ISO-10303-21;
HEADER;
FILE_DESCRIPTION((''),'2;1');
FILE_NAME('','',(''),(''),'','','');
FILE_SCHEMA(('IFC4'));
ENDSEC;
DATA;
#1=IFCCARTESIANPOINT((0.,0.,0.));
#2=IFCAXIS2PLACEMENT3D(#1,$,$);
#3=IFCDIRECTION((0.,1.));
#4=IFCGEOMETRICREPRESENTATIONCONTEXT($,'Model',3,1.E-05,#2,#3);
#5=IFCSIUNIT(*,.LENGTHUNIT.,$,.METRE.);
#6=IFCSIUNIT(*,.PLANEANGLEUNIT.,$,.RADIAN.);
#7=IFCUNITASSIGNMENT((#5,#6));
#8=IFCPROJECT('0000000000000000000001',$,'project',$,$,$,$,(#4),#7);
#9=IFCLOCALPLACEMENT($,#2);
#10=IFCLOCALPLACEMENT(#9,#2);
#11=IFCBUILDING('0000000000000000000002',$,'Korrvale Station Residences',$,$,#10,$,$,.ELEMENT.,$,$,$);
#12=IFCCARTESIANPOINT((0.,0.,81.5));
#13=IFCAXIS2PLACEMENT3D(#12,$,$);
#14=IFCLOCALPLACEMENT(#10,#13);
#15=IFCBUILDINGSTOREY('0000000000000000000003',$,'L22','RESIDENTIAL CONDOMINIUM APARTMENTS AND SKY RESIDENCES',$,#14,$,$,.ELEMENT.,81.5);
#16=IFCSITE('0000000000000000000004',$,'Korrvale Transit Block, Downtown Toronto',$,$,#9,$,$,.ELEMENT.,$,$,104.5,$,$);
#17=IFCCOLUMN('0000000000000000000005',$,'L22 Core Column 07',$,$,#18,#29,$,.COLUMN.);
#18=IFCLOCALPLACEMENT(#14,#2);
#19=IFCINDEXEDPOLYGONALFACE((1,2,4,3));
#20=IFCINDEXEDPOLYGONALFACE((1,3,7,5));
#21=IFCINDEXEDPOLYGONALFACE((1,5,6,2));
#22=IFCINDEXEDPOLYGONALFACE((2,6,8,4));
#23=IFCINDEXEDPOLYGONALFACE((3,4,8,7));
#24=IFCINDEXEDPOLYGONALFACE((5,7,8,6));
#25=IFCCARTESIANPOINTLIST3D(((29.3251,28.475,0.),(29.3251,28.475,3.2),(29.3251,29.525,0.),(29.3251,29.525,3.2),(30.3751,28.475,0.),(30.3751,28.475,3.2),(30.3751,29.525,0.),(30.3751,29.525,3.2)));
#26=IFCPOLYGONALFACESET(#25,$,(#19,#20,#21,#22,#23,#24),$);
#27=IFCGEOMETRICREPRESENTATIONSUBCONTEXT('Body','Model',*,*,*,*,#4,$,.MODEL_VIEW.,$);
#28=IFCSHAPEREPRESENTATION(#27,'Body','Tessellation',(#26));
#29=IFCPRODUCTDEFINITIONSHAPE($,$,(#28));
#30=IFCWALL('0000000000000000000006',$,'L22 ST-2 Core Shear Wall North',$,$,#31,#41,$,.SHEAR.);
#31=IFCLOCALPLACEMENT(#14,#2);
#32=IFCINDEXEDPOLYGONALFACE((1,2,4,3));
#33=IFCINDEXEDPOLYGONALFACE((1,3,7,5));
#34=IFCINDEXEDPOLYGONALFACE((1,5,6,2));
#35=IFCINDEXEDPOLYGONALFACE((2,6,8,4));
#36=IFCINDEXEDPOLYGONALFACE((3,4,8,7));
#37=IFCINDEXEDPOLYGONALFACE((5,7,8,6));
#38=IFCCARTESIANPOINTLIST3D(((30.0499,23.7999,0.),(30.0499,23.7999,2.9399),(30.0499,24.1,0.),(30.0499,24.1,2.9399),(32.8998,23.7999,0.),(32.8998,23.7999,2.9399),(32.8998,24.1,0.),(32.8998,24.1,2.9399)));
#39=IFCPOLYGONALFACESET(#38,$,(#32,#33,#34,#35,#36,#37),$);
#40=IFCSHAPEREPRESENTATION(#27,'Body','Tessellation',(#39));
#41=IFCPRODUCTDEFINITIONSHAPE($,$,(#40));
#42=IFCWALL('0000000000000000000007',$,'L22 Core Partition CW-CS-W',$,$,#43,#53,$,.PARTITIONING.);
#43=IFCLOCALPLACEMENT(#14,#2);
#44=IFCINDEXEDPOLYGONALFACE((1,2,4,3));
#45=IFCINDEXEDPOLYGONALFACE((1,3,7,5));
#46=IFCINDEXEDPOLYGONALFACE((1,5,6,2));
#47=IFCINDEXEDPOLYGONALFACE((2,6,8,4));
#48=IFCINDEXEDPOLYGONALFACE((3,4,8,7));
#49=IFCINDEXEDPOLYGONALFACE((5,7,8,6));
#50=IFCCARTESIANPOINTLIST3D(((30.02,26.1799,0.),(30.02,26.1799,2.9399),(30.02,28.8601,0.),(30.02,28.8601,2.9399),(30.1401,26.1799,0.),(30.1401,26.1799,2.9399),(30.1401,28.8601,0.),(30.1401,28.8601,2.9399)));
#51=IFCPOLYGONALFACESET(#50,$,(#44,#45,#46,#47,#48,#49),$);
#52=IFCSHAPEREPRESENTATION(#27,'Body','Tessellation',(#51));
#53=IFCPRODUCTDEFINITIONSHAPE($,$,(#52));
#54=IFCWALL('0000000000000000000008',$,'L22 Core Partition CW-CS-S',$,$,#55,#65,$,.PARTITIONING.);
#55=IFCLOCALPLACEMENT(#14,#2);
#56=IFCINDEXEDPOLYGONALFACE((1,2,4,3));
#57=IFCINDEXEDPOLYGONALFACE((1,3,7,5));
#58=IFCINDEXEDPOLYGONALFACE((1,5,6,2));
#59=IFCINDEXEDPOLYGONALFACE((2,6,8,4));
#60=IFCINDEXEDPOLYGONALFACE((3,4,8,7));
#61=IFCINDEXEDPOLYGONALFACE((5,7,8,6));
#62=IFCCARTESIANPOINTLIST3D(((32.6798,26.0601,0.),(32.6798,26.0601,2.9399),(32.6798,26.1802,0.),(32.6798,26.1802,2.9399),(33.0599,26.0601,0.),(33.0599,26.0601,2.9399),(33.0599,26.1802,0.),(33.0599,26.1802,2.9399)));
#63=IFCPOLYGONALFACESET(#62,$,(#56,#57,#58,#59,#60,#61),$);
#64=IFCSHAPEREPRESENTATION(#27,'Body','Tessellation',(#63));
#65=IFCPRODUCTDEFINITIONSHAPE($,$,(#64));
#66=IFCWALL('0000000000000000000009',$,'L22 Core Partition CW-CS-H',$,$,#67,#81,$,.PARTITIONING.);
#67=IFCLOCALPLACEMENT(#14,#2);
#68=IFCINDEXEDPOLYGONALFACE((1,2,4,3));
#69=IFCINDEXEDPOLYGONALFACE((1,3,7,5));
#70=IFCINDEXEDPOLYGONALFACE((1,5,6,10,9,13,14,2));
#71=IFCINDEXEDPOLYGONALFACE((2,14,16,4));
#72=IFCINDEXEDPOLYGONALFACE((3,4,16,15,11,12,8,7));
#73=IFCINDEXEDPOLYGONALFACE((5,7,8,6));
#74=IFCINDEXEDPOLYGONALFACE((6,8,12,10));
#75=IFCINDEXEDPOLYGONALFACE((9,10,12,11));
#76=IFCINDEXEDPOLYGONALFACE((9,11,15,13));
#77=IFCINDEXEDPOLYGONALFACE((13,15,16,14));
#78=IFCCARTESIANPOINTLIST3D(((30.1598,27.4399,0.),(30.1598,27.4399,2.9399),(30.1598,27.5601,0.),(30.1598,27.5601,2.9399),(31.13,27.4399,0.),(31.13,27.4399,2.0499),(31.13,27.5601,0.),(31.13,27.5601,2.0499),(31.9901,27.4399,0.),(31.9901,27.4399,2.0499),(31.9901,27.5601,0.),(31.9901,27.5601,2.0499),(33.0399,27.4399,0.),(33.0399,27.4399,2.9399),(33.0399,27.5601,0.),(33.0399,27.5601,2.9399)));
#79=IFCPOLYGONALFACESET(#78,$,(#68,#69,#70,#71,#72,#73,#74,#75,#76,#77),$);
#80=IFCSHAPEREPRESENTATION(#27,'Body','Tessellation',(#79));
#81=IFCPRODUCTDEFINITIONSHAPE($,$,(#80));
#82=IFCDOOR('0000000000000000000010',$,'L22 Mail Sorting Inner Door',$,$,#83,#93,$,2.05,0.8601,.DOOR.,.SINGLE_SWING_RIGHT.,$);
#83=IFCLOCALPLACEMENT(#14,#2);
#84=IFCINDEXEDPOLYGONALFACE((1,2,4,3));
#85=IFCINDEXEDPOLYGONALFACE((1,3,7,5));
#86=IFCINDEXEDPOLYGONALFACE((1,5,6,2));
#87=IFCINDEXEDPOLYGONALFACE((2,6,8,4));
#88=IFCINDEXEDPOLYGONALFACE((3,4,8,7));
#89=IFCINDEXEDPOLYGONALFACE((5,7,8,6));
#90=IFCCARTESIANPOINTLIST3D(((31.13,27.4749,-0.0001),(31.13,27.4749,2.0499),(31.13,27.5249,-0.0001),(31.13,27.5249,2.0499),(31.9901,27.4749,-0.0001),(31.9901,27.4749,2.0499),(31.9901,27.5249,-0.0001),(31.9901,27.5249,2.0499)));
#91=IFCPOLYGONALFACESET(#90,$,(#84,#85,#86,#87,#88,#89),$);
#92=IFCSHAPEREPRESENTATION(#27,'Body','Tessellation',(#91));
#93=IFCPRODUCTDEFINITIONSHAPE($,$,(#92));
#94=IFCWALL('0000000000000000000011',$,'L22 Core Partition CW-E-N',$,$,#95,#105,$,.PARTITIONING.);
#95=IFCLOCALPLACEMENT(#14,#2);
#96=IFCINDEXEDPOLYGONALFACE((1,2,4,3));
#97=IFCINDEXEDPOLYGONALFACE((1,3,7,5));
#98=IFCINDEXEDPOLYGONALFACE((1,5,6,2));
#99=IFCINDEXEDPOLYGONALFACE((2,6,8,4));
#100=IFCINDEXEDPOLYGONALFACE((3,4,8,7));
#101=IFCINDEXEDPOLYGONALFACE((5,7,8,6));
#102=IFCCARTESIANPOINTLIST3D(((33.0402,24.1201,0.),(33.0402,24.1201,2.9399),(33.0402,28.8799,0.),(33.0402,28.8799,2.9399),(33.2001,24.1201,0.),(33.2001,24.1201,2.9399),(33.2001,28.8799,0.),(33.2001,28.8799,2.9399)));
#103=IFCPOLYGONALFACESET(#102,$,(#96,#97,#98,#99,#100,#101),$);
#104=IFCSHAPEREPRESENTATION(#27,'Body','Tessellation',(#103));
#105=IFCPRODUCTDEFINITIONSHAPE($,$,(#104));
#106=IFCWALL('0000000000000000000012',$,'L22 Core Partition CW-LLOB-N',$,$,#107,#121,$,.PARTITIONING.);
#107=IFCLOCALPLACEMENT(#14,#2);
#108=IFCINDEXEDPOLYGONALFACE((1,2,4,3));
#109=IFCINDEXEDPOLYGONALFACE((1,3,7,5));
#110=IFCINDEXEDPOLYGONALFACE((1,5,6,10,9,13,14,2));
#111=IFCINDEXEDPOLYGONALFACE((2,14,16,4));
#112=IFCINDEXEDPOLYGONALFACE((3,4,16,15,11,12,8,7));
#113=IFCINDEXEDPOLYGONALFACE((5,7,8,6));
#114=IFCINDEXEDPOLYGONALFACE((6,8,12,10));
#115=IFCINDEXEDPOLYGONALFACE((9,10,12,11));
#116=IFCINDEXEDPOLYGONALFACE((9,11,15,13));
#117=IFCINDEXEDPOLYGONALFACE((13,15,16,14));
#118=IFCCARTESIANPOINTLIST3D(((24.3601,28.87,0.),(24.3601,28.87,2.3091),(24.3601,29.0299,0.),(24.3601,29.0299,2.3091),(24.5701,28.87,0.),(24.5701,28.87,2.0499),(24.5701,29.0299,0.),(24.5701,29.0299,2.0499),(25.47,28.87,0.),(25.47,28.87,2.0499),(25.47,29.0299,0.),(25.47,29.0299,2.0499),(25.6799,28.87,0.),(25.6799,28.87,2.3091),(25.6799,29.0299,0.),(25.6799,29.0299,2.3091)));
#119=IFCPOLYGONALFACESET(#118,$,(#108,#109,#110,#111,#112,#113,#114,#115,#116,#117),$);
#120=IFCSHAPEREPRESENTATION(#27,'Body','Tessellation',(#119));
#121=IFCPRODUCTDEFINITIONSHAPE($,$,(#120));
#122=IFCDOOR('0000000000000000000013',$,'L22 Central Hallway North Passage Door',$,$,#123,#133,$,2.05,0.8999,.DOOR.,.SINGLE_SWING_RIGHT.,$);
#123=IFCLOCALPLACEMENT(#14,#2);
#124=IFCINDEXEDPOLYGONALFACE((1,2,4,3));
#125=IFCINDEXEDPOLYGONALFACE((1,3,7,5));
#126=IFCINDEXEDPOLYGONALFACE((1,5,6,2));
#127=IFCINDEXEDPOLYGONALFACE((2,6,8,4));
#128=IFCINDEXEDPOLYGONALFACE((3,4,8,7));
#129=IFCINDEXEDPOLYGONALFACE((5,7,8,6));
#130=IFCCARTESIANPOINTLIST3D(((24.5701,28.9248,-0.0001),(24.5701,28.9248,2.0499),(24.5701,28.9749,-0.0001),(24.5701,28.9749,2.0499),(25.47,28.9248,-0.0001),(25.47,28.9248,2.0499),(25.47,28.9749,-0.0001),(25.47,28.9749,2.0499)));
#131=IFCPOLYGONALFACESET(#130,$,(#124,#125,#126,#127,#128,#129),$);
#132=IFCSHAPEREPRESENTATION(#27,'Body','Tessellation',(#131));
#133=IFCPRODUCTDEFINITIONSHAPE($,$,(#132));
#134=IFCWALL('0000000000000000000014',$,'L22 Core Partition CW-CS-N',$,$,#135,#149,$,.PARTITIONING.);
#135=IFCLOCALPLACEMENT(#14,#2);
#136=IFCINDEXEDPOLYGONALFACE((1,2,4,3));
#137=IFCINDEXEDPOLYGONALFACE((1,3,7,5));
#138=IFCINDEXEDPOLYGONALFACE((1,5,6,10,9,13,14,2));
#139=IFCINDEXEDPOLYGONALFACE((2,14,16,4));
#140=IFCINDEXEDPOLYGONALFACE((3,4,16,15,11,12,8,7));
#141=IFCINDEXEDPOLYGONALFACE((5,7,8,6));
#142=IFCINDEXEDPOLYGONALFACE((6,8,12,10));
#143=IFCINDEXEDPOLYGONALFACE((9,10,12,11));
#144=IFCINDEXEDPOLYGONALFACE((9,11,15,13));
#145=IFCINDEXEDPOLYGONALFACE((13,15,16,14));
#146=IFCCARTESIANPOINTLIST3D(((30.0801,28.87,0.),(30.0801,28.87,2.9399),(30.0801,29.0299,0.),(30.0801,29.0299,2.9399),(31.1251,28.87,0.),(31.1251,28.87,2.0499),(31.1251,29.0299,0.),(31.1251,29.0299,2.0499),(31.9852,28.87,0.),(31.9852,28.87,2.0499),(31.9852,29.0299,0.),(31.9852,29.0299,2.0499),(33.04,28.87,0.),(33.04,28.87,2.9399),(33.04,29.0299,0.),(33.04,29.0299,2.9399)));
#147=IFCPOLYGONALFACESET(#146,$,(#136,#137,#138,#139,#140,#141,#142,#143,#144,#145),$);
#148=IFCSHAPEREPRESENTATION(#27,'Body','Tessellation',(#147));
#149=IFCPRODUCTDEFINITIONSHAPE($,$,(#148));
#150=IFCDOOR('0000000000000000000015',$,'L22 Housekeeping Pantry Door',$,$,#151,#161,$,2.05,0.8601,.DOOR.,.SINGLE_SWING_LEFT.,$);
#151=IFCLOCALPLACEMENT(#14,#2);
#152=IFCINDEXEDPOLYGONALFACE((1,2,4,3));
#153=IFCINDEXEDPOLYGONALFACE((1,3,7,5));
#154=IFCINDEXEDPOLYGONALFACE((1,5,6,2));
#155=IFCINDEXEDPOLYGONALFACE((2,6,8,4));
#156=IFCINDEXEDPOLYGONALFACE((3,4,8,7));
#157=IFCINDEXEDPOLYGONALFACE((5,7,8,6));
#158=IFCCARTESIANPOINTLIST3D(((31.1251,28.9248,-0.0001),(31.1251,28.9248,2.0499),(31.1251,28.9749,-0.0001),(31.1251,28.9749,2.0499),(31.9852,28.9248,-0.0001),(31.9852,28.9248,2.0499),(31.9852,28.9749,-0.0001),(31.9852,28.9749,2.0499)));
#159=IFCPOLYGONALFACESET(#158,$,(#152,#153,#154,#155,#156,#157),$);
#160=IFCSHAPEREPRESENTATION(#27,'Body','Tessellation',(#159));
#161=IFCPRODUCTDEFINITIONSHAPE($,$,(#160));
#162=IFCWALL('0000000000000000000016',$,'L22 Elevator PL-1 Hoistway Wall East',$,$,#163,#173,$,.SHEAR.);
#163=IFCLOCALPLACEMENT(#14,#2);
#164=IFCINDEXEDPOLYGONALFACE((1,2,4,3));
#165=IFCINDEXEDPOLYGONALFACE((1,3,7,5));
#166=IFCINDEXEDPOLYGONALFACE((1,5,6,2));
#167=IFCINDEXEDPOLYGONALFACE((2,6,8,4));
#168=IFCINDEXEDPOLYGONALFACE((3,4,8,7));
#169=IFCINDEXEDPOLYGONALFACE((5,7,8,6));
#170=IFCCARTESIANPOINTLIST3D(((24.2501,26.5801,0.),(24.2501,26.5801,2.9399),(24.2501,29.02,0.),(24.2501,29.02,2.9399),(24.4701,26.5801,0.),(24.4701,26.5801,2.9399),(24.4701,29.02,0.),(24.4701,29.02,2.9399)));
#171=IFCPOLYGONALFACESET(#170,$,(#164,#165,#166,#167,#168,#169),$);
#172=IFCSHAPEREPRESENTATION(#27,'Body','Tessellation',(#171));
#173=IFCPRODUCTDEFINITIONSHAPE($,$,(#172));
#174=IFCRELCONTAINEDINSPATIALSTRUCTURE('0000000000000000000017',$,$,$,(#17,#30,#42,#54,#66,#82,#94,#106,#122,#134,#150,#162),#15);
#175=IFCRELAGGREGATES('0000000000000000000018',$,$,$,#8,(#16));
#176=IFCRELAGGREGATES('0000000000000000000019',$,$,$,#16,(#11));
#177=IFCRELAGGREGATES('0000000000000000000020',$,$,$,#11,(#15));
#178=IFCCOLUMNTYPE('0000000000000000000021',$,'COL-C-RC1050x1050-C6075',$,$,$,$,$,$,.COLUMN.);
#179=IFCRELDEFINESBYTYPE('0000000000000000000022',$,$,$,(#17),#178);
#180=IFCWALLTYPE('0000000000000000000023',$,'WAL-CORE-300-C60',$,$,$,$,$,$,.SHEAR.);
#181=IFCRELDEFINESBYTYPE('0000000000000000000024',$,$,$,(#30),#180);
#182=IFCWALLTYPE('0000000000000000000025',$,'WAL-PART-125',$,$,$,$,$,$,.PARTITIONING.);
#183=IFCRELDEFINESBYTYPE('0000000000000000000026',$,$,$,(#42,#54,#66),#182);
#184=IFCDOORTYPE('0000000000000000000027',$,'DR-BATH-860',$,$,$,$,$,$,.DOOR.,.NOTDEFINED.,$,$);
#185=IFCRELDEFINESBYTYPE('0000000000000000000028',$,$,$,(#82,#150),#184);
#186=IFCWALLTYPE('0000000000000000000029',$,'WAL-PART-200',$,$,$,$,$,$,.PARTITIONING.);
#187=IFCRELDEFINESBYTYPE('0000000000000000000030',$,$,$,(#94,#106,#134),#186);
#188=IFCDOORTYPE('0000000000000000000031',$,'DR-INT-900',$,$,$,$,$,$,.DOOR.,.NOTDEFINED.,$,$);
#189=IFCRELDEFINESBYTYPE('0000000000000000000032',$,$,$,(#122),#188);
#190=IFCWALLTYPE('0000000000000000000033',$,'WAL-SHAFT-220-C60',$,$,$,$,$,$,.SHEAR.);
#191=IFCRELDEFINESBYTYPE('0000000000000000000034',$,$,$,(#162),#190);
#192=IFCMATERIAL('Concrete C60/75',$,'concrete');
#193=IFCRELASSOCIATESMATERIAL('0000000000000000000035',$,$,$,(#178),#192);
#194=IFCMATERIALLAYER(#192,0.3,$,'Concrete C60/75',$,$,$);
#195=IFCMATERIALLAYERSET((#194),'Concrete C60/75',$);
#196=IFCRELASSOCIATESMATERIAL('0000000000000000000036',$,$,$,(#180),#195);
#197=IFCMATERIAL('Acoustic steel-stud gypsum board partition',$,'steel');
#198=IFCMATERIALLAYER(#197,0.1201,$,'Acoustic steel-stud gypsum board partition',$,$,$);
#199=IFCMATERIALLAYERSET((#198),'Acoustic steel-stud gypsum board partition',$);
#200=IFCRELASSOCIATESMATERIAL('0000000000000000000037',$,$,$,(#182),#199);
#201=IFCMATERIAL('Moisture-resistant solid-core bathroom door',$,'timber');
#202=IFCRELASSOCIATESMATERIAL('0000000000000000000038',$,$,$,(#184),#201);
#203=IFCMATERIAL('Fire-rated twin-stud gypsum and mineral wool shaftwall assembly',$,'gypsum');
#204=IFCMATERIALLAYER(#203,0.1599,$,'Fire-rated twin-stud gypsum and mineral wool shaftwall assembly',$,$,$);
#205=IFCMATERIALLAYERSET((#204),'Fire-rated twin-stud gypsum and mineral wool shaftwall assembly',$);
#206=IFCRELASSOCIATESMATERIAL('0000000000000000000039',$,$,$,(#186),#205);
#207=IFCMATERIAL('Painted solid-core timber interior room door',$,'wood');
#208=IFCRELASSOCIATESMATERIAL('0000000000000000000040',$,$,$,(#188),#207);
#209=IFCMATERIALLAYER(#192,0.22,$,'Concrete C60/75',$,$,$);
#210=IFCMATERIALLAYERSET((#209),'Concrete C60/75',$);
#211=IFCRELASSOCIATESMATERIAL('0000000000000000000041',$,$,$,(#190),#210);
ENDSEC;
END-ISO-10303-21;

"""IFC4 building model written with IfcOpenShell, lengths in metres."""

from ifc_helpers import new_model, si_unit, direction, frame, frame_2d, origin, origin_2d, place, context, subcontext, project, spatial, rectangle, extrude, material, layer, layer_set, material_profile, profile_set, type_object, element, fill, save


model = new_model("IFC4")

# Units and contexts
model_context = context("Model", 3, precision=1e-05, world=origin(), true_north=direction((0.0, 1.0)))
body_context = subcontext(model_context, "Body", "Model", "MODEL_VIEW")
ifc_project = project(units=[si_unit("LENGTHUNIT", "METRE"), si_unit("PLANEANGLEUNIT", "RADIAN")], contexts=[model_context])

# Site, building, storey
site_placement = place(None, origin())
site = spatial("IfcSite", under=ifc_project, at=site_placement, Name="Korrvale Transit Block, Downtown Toronto", CompositionType="ELEMENT", RefElevation=104.5)
building_placement = place(site_placement, origin())
building = spatial("IfcBuilding", under=site, at=building_placement, Name="Korrvale Station Residences", CompositionType="ELEMENT")
storey_placement = place(building_placement, frame((0.0, 0.0, 81.5)))
storey = spatial("IfcBuildingStorey", under=building, at=storey_placement, Name="L22", Description="RESIDENTIAL CONDOMINIUM APARTMENTS AND SKY RESIDENCES", CompositionType="ELEMENT", Elevation=81.5)

# Column
ifc_material_1 = material(Name="Concrete C60/75", Category="concrete")
ifc_material_profile = material_profile(ifc_material_1, rectangle(XDim=1.05, YDim=1.05, at=origin_2d()), Name="RC1050x1050")
ifc_profile_set = profile_set([ifc_material_profile], Name="Concrete C60/75")
column_type = type_object("IfcColumnType", Name="COL-C-RC1050x1050-C6075", PredefinedType="COLUMN", material=ifc_profile_set)
column_placement = place(storey_placement, frame((29.8501, 29.0, 0.0), z_axis=(0.0, 0.0, 1.0), x_axis=(1.0, 0.0, 0.0)))
element("IfcColumn", 1, at=column_placement, inside=storey, type_object=column_type, Name="L22 Core Column 07", PredefinedType="COLUMN", context=body_context, shape_type="SweptSolid", body=[
    extrude(rectangle(XDim=1.05, YDim=1.05, at=origin_2d()), origin(), (0.0, 0.0, 1.0), 3.2),
])

# Walls
ifc_layer_1 = layer(ifc_material_1, 0.3, Name="Concrete C60/75")
ifc_layer_set_1 = layer_set([ifc_layer_1], Name="Concrete C60/75")
wall_type_1 = type_object("IfcWallType", Name="WAL-CORE-300-C60", PredefinedType="SHEAR", material=ifc_layer_set_1)
wall_1_placement = place(storey_placement, frame((30.05, 23.95, 0.0), z_axis=(0.0, 0.0, 1.0), x_axis=(1.0, 0.0, 0.0)))
element("IfcWall", 2, at=wall_1_placement, inside=storey, type_object=wall_type_1, Name="L22 ST-2 Core Shear Wall North", PredefinedType="SHEAR", context=body_context, shape_type="SweptSolid", body=[
    extrude(rectangle(XDim=2.8499, YDim=0.3, at=frame_2d((1.4248, 0.0))), origin(), (0.0, 0.0, 1.0), 2.9399),
])
ifc_material_2 = material(Name="Acoustic steel-stud gypsum board partition", Category="steel")
ifc_layer_2 = layer(ifc_material_2, 0.1201, Name="Acoustic steel-stud gypsum board partition")
ifc_layer_set_2 = layer_set([ifc_layer_2], Name="Acoustic steel-stud gypsum board partition")
wall_type_2 = type_object("IfcWallType", Name="WAL-PART-125", PredefinedType="PARTITIONING", material=ifc_layer_set_2)
wall_2_placement = place(storey_placement, frame((30.0801, 26.1799, 0.0), z_axis=(0.0, 0.0, 1.0), x_axis=(0.0, 1.0, 0.0)))
element("IfcWall", 3, at=wall_2_placement, inside=storey, type_object=wall_type_2, Name="L22 Core Partition CW-CS-W", PredefinedType="PARTITIONING", context=body_context, shape_type="SweptSolid", body=[
    extrude(rectangle(XDim=2.6802, YDim=0.1201, at=frame_2d((1.3401, 0.0))), origin(), (0.0, 0.0, 1.0), 2.9399),
])
wall_3_placement = place(storey_placement, frame((32.6799, 26.1201, 0.0), z_axis=(0.0, 0.0, 1.0), x_axis=(1.0, 0.0, 0.0)))
element("IfcWall", 4, at=wall_3_placement, inside=storey, type_object=wall_type_2, Name="L22 Core Partition CW-CS-S", PredefinedType="PARTITIONING", context=body_context, shape_type="SweptSolid", body=[
    extrude(rectangle(XDim=0.3801, YDim=0.1201, at=frame_2d((0.1899, 0.0))), origin(), (0.0, 0.0, 1.0), 2.9399),
])

# Wall, opening, door
wall_4_placement = place(storey_placement, frame((30.1599, 27.5, 0.0), z_axis=(0.0, 0.0, 1.0), x_axis=(1.0, 0.0, 0.0)))
wall_4 = element("IfcWall", 5, at=wall_4_placement, inside=storey, type_object=wall_type_2, Name="L22 Core Partition CW-CS-H", PredefinedType="PARTITIONING", context=body_context, shape_type="SweptSolid", body=[
    extrude(rectangle(XDim=2.8801, YDim=0.1201, at=frame_2d((1.4399, 0.0))), origin(), (0.0, 0.0, 1.0), 2.9399),
])
opening_1_placement = place(wall_4_placement, frame((0.97, 0.0, 0.0)))
opening_1 = element("IfcOpeningElement", 6, at=opening_1_placement, cuts=wall_4, PredefinedType="OPENING", context=body_context, shape_type="SweptSolid", body=[
    extrude(rectangle(XDim=0.8601, YDim=2.05, at=frame_2d((0.4302, 1.0249))), frame((0.0, 0.0701, 0.0), z_axis=(0.0, -1.0, 0.0), x_axis=(1.0, 0.0, 0.0)), (0.0, 0.0, 1.0), 0.1401),
])
ifc_material_3 = material(Name="Moisture-resistant solid-core bathroom door", Category="timber")
door_type_1 = type_object("IfcDoorType", Name="DR-BATH-860", OperationType="NOTDEFINED", PredefinedType="DOOR", material=ifc_material_3)
door_1_placement = place(opening_1_placement, origin())
door_1 = element("IfcDoor", 7, at=door_1_placement, inside=storey, type_object=door_type_1, Name="L22 Mail Sorting Inner Door", OperationType="SINGLE_SWING_RIGHT", OverallHeight=2.05, OverallWidth=0.8601, PredefinedType="DOOR", context=body_context, shape_type="SweptSolid", body=[
    extrude(rectangle(XDim=0.8601, YDim=2.05, at=frame_2d((0.4302, 1.0249))), frame((0.0, 0.0249, 0.0), z_axis=(0.0, -1.0, 0.0), x_axis=(1.0, 0.0, 0.0)), (0.0, 0.0, 1.0), 0.05),
])
fill(opening_1, door_1)

# Wall
ifc_material_4 = material(Name="Fire-rated twin-stud gypsum and mineral wool shaftwall assembly", Category="gypsum")
ifc_layer_3 = layer(ifc_material_4, 0.1599, Name="Fire-rated twin-stud gypsum and mineral wool shaftwall assembly")
ifc_layer_set_3 = layer_set([ifc_layer_3], Name="Fire-rated twin-stud gypsum and mineral wool shaftwall assembly")
wall_type_3 = type_object("IfcWallType", Name="WAL-PART-200", PredefinedType="PARTITIONING", material=ifc_layer_set_3)
wall_5_placement = place(storey_placement, frame((33.1201, 24.1201, 0.0), z_axis=(0.0, 0.0, 1.0), x_axis=(0.0, 1.0, 0.0)))
element("IfcWall", 8, at=wall_5_placement, inside=storey, type_object=wall_type_3, Name="L22 Core Partition CW-E-N", PredefinedType="PARTITIONING", context=body_context, shape_type="SweptSolid", body=[
    extrude(rectangle(XDim=4.7598, YDim=0.1599, at=frame_2d((2.3799, 0.0))), origin(), (0.0, 0.0, 1.0), 2.9399),
])

# Walls, openings, doors
wall_6_placement = place(storey_placement, frame((24.3601, 28.95, 0.0), z_axis=(0.0, 0.0, 1.0), x_axis=(1.0, 0.0, 0.0)))
wall_6 = element("IfcWall", 9, at=wall_6_placement, inside=storey, type_object=wall_type_3, Name="L22 Core Partition CW-LLOB-N", PredefinedType="PARTITIONING", context=body_context, shape_type="SweptSolid", body=[
    extrude(rectangle(XDim=1.3198, YDim=0.1599, at=frame_2d((0.6599, 0.0))), origin(), (0.0, 0.0, 1.0), 2.3091),
])
opening_2_placement = place(wall_6_placement, frame((0.21, 0.0, 0.0)))
opening_2 = element("IfcOpeningElement", 10, at=opening_2_placement, cuts=wall_6, PredefinedType="OPENING", context=body_context, shape_type="SweptSolid", body=[
    extrude(rectangle(XDim=0.8999, YDim=2.05, at=frame_2d((0.45, 1.0249))), frame((0.0, 0.0898, 0.0), z_axis=(0.0, -1.0, 0.0), x_axis=(1.0, 0.0, 0.0)), (0.0, 0.0, 1.0), 0.1799),
])
ifc_material_5 = material(Name="Painted solid-core timber interior room door", Category="wood")
door_type_2 = type_object("IfcDoorType", Name="DR-INT-900", OperationType="NOTDEFINED", PredefinedType="DOOR", material=ifc_material_5)
door_2_placement = place(opening_2_placement, origin())
door_2 = element("IfcDoor", 11, at=door_2_placement, inside=storey, type_object=door_type_2, Name="L22 Central Hallway North Passage Door", OperationType="SINGLE_SWING_RIGHT", OverallHeight=2.05, OverallWidth=0.8999, PredefinedType="DOOR", context=body_context, shape_type="SweptSolid", body=[
    extrude(rectangle(XDim=0.8999, YDim=2.05, at=frame_2d((0.45, 1.0249))), frame((0.0, 0.0249, 0.0), z_axis=(0.0, -1.0, 0.0), x_axis=(1.0, 0.0, 0.0)), (0.0, 0.0, 1.0), 0.05),
])
fill(opening_2, door_2)
wall_7_placement = place(storey_placement, frame((30.0801, 28.95, 0.0), z_axis=(0.0, 0.0, 1.0), x_axis=(1.0, 0.0, 0.0)))
wall_7 = element("IfcWall", 12, at=wall_7_placement, inside=storey, type_object=wall_type_3, Name="L22 Core Partition CW-CS-N", PredefinedType="PARTITIONING", context=body_context, shape_type="SweptSolid", body=[
    extrude(rectangle(XDim=2.96, YDim=0.1599, at=frame_2d((1.48, 0.0))), origin(), (0.0, 0.0, 1.0), 2.9399),
])
opening_3_placement = place(wall_7_placement, frame((1.0449, 0.0, 0.0)))
opening_3 = element("IfcOpeningElement", 13, at=opening_3_placement, cuts=wall_7, PredefinedType="OPENING", context=body_context, shape_type="SweptSolid", body=[
    extrude(rectangle(XDim=0.8601, YDim=2.05, at=frame_2d((0.4302, 1.0249))), frame((0.0, 0.0898, 0.0), z_axis=(0.0, -1.0, 0.0), x_axis=(1.0, 0.0, 0.0)), (0.0, 0.0, 1.0), 0.1799),
])
door_3_placement = place(opening_3_placement, origin())
door_3 = element("IfcDoor", 14, at=door_3_placement, inside=storey, type_object=door_type_1, Name="L22 Housekeeping Pantry Door", OperationType="SINGLE_SWING_LEFT", OverallHeight=2.05, OverallWidth=0.8601, PredefinedType="DOOR", context=body_context, shape_type="SweptSolid", body=[
    extrude(rectangle(XDim=0.8601, YDim=2.05, at=frame_2d((0.4302, 1.0249))), frame((0.0, 0.0249, 0.0), z_axis=(0.0, -1.0, 0.0), x_axis=(1.0, 0.0, 0.0)), (0.0, 0.0, 1.0), 0.05),
])
fill(opening_3, door_3)

# Wall
ifc_layer_4 = layer(ifc_material_1, 0.22, Name="Concrete C60/75")
ifc_layer_set_4 = layer_set([ifc_layer_4], Name="Concrete C60/75")
wall_type_4 = type_object("IfcWallType", Name="WAL-SHAFT-220-C60", PredefinedType="SHEAR", material=ifc_layer_set_4)
wall_8_placement = place(storey_placement, frame((24.3601, 26.5801, 0.0), z_axis=(0.0, 0.0, 1.0), x_axis=(0.0, 1.0, 0.0)))
element("IfcWall", 15, at=wall_8_placement, inside=storey, type_object=wall_type_4, Name="L22 Elevator PL-1 Hoistway Wall East", PredefinedType="SHEAR", context=body_context, shape_type="SweptSolid", body=[
    extrude(rectangle(XDim=2.4399, YDim=0.22, at=frame_2d((1.22, 0.0))), origin(), (0.0, 0.0, 1.0), 2.9399),
])

save(model, "model.ifc")
